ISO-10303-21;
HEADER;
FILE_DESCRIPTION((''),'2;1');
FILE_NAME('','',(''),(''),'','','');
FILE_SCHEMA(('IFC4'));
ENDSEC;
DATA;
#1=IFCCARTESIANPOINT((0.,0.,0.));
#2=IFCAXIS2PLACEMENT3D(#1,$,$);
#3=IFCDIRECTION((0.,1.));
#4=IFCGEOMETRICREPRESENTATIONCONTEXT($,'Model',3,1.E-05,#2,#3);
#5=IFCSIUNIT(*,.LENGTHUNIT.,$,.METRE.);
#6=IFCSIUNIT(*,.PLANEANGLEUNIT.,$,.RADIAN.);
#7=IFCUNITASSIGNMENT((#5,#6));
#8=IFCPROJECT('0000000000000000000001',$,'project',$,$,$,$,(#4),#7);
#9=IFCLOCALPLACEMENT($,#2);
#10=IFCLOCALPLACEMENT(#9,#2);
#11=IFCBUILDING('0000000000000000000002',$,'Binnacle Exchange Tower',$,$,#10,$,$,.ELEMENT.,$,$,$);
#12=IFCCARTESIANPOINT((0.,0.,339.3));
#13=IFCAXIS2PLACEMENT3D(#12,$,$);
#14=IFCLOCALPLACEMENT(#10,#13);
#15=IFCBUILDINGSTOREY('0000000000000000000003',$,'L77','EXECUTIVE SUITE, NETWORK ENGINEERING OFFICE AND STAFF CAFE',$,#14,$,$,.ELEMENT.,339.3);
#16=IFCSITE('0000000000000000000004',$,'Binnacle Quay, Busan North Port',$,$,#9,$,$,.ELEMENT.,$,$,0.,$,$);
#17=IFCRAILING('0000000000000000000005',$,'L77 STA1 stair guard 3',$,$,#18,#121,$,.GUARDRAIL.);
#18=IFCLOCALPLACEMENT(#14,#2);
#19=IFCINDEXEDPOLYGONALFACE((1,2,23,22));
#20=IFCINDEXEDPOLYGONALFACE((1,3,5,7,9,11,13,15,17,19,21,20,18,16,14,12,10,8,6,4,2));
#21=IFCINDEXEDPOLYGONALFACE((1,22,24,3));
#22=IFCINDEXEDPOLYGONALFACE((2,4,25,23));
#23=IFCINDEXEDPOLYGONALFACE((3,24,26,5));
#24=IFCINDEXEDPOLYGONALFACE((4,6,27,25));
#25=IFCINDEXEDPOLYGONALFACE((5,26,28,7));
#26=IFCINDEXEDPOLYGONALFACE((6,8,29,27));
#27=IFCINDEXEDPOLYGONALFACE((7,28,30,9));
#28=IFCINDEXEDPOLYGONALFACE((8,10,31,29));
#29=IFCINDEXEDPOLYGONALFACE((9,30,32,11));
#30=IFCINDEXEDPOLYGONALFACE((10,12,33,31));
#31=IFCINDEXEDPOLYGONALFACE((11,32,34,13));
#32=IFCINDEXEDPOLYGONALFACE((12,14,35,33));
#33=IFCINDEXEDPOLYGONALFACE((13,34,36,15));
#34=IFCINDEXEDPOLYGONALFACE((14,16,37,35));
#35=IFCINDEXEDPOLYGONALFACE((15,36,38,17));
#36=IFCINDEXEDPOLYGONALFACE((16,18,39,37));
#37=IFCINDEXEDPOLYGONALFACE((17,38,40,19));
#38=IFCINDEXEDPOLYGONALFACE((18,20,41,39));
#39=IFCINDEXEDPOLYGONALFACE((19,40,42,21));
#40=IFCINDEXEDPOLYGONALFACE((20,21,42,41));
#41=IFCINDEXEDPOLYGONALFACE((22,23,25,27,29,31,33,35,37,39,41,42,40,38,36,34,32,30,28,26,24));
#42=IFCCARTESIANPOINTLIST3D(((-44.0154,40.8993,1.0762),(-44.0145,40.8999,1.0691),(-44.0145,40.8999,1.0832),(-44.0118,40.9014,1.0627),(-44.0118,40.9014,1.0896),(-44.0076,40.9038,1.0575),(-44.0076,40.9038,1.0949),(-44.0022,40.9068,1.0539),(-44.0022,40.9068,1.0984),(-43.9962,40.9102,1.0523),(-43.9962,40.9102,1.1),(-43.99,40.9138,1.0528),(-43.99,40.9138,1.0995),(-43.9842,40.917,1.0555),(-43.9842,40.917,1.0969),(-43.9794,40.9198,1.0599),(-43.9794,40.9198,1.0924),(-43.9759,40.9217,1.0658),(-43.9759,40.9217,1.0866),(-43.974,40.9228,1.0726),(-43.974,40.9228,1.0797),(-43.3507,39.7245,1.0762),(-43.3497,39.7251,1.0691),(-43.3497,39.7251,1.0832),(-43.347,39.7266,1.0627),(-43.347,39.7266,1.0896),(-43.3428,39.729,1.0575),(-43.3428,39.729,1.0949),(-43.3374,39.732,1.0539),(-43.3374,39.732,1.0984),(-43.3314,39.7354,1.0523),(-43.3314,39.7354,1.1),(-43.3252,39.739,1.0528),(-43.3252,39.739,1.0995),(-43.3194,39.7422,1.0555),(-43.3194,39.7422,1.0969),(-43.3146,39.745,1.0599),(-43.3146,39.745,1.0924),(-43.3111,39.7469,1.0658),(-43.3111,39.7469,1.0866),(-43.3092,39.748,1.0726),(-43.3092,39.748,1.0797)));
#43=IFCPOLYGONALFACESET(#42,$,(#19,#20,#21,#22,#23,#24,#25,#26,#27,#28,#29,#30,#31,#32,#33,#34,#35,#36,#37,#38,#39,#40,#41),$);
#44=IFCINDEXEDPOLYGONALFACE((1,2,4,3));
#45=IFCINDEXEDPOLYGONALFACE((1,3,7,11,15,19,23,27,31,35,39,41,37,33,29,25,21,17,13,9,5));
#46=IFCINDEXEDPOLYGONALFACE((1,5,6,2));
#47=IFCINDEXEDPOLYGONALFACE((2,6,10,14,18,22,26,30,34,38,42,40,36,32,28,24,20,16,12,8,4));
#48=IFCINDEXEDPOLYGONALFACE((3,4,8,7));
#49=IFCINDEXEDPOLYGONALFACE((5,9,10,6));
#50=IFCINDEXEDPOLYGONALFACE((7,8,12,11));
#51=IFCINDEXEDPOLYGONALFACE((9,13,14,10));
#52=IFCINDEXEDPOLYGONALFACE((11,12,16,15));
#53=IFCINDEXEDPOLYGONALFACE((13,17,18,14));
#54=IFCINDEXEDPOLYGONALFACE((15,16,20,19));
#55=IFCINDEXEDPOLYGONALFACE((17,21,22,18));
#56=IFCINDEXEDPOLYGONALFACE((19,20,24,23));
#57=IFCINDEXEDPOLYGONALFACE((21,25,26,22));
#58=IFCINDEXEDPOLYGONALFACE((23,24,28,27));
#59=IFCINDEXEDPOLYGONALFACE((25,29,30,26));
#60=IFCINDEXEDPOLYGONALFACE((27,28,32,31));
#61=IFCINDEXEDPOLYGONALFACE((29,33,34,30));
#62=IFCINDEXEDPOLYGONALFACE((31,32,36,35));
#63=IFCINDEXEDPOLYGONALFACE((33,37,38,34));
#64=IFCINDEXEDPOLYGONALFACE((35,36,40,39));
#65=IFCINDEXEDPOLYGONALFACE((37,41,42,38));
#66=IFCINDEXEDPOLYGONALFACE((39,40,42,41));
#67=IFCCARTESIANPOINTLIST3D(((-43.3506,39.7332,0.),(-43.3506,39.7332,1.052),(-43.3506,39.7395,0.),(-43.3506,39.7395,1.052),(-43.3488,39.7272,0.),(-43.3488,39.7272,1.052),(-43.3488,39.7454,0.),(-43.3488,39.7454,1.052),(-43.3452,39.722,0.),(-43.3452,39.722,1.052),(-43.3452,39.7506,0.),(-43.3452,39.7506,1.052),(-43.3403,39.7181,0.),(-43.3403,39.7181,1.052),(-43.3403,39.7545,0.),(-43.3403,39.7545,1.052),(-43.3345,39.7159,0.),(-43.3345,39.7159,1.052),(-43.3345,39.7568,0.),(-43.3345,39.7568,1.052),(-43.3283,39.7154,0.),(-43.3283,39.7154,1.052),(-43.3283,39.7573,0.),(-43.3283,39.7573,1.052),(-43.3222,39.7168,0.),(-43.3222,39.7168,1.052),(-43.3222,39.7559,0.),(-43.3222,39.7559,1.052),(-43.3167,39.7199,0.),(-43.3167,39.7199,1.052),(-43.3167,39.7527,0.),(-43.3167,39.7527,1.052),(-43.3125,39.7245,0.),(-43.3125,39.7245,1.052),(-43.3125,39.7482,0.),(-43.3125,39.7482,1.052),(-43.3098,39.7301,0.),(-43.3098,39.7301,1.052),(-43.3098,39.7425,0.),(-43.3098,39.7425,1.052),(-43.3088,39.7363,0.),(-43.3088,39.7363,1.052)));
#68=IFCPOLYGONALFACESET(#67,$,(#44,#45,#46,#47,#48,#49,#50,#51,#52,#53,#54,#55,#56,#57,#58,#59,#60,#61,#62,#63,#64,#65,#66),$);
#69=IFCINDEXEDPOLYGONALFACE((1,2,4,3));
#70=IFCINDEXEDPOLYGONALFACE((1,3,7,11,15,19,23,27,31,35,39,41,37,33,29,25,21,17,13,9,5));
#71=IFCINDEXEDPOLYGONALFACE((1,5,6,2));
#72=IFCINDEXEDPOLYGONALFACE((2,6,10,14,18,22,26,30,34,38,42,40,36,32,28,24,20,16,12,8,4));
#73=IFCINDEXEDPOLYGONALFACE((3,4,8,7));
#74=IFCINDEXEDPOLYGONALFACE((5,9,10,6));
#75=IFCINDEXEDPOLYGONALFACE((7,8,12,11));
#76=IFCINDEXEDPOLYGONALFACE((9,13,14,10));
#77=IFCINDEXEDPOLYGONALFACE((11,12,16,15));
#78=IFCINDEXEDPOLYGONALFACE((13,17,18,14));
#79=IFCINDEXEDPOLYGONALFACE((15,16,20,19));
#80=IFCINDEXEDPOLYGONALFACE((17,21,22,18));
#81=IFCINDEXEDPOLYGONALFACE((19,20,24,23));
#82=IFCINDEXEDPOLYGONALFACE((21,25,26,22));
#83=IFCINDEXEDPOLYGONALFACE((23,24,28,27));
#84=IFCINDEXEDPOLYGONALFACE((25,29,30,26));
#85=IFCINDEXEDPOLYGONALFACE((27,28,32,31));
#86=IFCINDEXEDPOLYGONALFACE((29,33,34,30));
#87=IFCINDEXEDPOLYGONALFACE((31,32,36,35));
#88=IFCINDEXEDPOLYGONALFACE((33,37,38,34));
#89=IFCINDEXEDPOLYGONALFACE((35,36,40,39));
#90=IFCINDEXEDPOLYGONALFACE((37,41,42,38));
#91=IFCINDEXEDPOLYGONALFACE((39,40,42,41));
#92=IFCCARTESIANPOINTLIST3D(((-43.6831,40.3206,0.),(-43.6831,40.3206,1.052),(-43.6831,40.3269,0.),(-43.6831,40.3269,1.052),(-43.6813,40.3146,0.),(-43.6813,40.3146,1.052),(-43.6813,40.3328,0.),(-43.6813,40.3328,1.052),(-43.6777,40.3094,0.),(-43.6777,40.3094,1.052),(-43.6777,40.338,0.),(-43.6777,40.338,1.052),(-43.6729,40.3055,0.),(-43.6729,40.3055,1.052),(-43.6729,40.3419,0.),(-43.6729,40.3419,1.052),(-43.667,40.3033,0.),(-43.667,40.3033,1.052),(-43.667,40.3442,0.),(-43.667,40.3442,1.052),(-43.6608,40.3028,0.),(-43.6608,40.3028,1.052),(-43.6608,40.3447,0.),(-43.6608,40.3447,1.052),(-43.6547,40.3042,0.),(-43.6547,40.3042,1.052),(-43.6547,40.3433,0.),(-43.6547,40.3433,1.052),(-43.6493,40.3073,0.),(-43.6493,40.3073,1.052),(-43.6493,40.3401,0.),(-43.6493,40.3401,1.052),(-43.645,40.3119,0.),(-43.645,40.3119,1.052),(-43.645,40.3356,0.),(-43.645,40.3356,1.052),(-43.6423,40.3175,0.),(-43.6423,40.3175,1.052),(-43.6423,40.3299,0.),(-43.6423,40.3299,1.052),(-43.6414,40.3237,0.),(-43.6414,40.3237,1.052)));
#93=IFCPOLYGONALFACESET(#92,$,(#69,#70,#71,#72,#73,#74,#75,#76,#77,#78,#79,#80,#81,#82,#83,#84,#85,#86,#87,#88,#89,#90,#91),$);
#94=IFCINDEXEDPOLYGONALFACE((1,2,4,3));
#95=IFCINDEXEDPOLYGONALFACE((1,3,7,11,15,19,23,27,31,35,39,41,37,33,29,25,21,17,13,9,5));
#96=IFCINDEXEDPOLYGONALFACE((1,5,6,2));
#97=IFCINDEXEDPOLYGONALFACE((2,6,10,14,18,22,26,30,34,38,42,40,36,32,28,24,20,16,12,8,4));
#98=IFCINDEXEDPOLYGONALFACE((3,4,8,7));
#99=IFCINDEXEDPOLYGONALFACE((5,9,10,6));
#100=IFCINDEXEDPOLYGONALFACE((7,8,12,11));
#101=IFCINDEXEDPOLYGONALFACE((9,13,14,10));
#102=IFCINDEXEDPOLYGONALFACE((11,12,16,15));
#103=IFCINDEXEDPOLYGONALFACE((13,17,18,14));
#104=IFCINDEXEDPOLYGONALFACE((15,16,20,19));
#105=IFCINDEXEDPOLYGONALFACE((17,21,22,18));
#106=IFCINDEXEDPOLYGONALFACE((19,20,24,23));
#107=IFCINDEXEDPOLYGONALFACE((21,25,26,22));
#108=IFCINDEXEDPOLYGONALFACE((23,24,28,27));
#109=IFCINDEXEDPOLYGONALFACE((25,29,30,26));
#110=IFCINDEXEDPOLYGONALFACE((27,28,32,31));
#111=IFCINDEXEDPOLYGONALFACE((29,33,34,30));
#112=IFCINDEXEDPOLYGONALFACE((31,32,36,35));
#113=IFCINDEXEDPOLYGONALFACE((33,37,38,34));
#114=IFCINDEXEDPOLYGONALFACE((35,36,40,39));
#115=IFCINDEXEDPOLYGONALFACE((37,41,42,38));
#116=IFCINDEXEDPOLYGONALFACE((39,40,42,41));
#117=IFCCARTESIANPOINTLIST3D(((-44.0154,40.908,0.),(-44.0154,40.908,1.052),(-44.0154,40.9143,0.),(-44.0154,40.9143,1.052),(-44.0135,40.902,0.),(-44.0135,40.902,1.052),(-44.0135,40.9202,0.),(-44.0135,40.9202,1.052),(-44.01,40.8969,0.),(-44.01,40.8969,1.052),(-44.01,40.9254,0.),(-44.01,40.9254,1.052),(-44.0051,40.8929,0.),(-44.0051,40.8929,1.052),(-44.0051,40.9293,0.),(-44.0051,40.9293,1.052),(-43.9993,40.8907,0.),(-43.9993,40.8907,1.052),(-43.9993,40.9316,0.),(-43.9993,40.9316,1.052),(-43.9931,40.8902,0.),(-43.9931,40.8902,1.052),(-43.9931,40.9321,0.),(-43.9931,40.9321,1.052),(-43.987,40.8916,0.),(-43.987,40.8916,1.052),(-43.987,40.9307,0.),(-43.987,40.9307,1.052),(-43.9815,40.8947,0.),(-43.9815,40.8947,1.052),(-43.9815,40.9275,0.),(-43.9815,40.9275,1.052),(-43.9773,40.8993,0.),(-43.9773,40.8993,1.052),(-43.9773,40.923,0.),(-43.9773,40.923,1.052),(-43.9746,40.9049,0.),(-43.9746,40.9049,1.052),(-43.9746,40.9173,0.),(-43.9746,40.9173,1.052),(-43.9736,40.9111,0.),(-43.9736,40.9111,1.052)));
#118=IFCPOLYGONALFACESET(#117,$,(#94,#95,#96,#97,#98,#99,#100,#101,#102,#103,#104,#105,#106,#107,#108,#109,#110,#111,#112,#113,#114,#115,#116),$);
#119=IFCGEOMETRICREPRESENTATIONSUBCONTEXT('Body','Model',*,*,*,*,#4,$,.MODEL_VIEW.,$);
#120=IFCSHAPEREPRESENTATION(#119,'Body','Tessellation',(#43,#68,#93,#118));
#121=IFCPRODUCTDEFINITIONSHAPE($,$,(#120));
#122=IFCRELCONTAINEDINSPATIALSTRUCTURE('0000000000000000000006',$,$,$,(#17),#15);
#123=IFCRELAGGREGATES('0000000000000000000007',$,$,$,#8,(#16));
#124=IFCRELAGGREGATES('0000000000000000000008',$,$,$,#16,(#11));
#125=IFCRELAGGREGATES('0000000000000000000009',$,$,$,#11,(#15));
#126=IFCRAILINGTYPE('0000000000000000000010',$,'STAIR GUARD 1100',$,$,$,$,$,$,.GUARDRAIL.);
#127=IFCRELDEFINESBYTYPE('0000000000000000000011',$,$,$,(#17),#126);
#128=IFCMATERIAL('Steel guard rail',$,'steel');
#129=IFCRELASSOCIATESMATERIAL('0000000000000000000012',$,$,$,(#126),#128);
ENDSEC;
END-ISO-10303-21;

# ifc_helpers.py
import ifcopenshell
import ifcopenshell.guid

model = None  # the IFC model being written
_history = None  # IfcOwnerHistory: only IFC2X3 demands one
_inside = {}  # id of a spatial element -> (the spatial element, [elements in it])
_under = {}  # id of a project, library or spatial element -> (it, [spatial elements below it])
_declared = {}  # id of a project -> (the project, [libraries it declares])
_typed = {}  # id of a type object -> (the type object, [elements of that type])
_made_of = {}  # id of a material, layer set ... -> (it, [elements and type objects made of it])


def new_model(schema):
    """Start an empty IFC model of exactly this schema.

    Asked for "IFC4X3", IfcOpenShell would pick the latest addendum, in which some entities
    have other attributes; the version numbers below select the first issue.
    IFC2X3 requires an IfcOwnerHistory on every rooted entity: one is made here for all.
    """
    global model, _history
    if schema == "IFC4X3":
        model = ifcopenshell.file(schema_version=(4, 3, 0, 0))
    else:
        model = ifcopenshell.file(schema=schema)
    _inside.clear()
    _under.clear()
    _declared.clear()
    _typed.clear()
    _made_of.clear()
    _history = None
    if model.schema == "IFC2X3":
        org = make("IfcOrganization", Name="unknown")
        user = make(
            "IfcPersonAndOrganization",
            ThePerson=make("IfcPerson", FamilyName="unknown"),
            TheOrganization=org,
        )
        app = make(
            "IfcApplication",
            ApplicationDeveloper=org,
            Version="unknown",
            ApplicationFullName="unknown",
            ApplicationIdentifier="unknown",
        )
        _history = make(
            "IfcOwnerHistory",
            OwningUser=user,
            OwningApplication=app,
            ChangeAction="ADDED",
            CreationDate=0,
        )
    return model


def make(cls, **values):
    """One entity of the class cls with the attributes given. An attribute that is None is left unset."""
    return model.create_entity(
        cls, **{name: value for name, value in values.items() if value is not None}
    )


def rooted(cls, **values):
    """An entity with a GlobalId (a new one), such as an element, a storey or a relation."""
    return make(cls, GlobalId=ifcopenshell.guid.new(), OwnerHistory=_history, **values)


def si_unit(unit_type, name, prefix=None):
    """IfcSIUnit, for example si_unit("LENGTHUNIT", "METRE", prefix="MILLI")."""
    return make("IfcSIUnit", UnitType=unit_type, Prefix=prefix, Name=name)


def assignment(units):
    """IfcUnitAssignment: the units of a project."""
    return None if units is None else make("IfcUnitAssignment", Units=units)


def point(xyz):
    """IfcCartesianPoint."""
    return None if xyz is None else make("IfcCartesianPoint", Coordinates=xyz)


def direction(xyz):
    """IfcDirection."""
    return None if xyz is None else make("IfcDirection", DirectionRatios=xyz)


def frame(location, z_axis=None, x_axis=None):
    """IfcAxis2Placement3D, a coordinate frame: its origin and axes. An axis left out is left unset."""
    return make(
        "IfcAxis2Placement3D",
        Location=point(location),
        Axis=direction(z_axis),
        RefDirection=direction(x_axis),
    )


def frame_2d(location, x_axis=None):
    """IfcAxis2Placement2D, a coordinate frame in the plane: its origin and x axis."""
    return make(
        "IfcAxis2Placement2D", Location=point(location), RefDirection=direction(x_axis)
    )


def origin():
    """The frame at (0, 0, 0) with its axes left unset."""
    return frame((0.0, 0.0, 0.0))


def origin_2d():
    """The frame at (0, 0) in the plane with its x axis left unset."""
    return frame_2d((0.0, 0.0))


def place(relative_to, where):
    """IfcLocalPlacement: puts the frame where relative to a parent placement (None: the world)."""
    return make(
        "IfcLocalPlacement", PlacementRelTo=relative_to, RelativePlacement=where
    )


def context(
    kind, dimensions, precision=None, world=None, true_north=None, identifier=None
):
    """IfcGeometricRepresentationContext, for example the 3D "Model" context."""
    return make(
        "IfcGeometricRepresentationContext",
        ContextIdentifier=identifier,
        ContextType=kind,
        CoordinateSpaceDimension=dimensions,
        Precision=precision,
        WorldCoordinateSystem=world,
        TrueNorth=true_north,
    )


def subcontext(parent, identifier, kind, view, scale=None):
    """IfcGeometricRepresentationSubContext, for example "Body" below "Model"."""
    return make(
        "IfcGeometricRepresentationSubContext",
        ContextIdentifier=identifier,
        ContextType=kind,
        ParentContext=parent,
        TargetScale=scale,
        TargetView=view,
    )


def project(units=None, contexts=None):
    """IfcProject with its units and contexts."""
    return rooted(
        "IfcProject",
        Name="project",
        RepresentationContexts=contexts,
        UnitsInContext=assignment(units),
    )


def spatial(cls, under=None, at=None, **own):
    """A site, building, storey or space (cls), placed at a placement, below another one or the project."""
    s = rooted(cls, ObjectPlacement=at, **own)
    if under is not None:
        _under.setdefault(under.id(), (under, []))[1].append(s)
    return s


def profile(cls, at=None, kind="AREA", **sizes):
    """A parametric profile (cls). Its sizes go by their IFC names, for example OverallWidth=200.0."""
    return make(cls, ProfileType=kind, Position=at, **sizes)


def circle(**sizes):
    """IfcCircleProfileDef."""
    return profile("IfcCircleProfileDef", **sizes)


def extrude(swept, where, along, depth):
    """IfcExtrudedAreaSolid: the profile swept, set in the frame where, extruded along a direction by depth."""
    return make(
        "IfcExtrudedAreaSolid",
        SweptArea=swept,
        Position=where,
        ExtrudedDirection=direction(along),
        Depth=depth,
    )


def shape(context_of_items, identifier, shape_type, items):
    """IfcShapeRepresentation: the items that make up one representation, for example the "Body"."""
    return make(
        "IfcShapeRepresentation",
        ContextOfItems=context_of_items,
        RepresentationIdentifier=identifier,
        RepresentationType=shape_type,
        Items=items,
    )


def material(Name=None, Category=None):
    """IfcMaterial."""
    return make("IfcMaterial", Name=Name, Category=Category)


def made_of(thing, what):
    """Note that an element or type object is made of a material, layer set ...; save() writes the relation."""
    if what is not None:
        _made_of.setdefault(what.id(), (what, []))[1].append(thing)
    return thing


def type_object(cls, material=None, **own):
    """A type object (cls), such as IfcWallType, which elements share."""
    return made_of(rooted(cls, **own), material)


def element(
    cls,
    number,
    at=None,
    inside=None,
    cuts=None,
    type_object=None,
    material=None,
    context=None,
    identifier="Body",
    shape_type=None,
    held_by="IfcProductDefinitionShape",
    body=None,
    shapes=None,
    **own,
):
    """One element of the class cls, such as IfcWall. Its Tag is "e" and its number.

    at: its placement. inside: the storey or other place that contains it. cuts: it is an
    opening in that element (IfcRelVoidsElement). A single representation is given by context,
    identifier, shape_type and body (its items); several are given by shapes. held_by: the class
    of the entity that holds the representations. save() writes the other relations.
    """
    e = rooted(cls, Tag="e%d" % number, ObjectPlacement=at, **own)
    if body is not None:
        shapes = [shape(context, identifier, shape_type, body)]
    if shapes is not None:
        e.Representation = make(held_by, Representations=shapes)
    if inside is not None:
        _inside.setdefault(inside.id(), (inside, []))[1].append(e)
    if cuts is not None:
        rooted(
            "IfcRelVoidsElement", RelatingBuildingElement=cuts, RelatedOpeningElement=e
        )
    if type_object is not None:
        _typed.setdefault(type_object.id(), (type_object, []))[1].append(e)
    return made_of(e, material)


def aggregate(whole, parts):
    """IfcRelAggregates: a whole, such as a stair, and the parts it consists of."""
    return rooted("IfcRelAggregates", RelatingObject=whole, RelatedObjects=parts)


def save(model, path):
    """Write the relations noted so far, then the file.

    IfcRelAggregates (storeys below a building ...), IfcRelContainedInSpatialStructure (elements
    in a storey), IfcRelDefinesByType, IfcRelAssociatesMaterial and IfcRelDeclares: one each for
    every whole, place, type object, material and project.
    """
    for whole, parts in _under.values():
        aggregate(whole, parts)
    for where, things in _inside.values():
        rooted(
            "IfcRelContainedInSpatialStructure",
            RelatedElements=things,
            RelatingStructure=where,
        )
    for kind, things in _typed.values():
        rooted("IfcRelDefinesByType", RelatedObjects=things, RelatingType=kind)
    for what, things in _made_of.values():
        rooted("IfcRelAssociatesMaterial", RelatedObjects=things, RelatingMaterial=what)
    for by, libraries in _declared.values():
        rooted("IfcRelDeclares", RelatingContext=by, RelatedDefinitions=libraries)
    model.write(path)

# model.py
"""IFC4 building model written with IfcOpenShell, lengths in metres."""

from ifc_helpers import new_model, si_unit, direction, frame, origin, origin_2d, place, context, subcontext, project, spatial, circle, extrude, material, type_object, element, save


model = new_model("IFC4")

# Units and contexts
model_context = context("Model", 3, precision=1e-05, world=origin(), true_north=direction((0.0, 1.0)))
body_context = subcontext(model_context, "Body", "Model", "MODEL_VIEW")
ifc_project = project(units=[si_unit("LENGTHUNIT", "METRE"), si_unit("PLANEANGLEUNIT", "RADIAN")], contexts=[model_context])

# Site, building, storey
site_placement = place(None, origin())
site = spatial("IfcSite", under=ifc_project, at=site_placement, Name="Binnacle Quay, Busan North Port", CompositionType="ELEMENT", RefElevation=0.0)
building_placement = place(site_placement, origin())
building = spatial("IfcBuilding", under=site, at=building_placement, Name="Binnacle Exchange Tower", CompositionType="ELEMENT")
storey_placement = place(building_placement, frame((0.0, 0.0, 339.3)))
storey = spatial("IfcBuildingStorey", under=building, at=storey_placement, Name="L77", Description="EXECUTIVE SUITE, NETWORK ENGINEERING OFFICE AND STAFF CAFE", CompositionType="ELEMENT", Elevation=339.3)

# Railing
ifc_material_1 = material(Name="Steel guard rail", Category="steel")
railing_type_1 = type_object("IfcRailingType", Name="STAIR GUARD 1100", PredefinedType="GUARDRAIL", material=ifc_material_1)
railing_1_placement = place(storey_placement, frame((-43.3298, 39.7363, 0.0)))
element("IfcRailing", 1, at=railing_1_placement, inside=storey, type_object=railing_type_1, Name="L77 STA1 stair guard 3", PredefinedType="GUARDRAIL", context=body_context, shape_type="SweptSolid", body=[
    extrude(circle(Radius=0.0239, at=origin_2d()), frame((0.0, 0.0, 1.0762), z_axis=(-0.492492, 0.870317, 0.0), x_axis=(-0.870317, -0.492492, 0.0)), (0.0, 0.0, 1.0), 1.3499),
    extrude(circle(Radius=0.021, at=origin_2d()), origin(), (0.0, 0.0, 1.0), 1.052),
    extrude(circle(Radius=0.021, at=origin_2d()), frame((-0.3325, 0.5874, 0.0)), (0.0, 0.0, 1.0), 1.052),
    extrude(circle(Radius=0.021, at=origin_2d()), frame((-0.6648, 1.1748, 0.0)), (0.0, 0.0, 1.0), 1.052),
])

save(model, "model.ifc")
